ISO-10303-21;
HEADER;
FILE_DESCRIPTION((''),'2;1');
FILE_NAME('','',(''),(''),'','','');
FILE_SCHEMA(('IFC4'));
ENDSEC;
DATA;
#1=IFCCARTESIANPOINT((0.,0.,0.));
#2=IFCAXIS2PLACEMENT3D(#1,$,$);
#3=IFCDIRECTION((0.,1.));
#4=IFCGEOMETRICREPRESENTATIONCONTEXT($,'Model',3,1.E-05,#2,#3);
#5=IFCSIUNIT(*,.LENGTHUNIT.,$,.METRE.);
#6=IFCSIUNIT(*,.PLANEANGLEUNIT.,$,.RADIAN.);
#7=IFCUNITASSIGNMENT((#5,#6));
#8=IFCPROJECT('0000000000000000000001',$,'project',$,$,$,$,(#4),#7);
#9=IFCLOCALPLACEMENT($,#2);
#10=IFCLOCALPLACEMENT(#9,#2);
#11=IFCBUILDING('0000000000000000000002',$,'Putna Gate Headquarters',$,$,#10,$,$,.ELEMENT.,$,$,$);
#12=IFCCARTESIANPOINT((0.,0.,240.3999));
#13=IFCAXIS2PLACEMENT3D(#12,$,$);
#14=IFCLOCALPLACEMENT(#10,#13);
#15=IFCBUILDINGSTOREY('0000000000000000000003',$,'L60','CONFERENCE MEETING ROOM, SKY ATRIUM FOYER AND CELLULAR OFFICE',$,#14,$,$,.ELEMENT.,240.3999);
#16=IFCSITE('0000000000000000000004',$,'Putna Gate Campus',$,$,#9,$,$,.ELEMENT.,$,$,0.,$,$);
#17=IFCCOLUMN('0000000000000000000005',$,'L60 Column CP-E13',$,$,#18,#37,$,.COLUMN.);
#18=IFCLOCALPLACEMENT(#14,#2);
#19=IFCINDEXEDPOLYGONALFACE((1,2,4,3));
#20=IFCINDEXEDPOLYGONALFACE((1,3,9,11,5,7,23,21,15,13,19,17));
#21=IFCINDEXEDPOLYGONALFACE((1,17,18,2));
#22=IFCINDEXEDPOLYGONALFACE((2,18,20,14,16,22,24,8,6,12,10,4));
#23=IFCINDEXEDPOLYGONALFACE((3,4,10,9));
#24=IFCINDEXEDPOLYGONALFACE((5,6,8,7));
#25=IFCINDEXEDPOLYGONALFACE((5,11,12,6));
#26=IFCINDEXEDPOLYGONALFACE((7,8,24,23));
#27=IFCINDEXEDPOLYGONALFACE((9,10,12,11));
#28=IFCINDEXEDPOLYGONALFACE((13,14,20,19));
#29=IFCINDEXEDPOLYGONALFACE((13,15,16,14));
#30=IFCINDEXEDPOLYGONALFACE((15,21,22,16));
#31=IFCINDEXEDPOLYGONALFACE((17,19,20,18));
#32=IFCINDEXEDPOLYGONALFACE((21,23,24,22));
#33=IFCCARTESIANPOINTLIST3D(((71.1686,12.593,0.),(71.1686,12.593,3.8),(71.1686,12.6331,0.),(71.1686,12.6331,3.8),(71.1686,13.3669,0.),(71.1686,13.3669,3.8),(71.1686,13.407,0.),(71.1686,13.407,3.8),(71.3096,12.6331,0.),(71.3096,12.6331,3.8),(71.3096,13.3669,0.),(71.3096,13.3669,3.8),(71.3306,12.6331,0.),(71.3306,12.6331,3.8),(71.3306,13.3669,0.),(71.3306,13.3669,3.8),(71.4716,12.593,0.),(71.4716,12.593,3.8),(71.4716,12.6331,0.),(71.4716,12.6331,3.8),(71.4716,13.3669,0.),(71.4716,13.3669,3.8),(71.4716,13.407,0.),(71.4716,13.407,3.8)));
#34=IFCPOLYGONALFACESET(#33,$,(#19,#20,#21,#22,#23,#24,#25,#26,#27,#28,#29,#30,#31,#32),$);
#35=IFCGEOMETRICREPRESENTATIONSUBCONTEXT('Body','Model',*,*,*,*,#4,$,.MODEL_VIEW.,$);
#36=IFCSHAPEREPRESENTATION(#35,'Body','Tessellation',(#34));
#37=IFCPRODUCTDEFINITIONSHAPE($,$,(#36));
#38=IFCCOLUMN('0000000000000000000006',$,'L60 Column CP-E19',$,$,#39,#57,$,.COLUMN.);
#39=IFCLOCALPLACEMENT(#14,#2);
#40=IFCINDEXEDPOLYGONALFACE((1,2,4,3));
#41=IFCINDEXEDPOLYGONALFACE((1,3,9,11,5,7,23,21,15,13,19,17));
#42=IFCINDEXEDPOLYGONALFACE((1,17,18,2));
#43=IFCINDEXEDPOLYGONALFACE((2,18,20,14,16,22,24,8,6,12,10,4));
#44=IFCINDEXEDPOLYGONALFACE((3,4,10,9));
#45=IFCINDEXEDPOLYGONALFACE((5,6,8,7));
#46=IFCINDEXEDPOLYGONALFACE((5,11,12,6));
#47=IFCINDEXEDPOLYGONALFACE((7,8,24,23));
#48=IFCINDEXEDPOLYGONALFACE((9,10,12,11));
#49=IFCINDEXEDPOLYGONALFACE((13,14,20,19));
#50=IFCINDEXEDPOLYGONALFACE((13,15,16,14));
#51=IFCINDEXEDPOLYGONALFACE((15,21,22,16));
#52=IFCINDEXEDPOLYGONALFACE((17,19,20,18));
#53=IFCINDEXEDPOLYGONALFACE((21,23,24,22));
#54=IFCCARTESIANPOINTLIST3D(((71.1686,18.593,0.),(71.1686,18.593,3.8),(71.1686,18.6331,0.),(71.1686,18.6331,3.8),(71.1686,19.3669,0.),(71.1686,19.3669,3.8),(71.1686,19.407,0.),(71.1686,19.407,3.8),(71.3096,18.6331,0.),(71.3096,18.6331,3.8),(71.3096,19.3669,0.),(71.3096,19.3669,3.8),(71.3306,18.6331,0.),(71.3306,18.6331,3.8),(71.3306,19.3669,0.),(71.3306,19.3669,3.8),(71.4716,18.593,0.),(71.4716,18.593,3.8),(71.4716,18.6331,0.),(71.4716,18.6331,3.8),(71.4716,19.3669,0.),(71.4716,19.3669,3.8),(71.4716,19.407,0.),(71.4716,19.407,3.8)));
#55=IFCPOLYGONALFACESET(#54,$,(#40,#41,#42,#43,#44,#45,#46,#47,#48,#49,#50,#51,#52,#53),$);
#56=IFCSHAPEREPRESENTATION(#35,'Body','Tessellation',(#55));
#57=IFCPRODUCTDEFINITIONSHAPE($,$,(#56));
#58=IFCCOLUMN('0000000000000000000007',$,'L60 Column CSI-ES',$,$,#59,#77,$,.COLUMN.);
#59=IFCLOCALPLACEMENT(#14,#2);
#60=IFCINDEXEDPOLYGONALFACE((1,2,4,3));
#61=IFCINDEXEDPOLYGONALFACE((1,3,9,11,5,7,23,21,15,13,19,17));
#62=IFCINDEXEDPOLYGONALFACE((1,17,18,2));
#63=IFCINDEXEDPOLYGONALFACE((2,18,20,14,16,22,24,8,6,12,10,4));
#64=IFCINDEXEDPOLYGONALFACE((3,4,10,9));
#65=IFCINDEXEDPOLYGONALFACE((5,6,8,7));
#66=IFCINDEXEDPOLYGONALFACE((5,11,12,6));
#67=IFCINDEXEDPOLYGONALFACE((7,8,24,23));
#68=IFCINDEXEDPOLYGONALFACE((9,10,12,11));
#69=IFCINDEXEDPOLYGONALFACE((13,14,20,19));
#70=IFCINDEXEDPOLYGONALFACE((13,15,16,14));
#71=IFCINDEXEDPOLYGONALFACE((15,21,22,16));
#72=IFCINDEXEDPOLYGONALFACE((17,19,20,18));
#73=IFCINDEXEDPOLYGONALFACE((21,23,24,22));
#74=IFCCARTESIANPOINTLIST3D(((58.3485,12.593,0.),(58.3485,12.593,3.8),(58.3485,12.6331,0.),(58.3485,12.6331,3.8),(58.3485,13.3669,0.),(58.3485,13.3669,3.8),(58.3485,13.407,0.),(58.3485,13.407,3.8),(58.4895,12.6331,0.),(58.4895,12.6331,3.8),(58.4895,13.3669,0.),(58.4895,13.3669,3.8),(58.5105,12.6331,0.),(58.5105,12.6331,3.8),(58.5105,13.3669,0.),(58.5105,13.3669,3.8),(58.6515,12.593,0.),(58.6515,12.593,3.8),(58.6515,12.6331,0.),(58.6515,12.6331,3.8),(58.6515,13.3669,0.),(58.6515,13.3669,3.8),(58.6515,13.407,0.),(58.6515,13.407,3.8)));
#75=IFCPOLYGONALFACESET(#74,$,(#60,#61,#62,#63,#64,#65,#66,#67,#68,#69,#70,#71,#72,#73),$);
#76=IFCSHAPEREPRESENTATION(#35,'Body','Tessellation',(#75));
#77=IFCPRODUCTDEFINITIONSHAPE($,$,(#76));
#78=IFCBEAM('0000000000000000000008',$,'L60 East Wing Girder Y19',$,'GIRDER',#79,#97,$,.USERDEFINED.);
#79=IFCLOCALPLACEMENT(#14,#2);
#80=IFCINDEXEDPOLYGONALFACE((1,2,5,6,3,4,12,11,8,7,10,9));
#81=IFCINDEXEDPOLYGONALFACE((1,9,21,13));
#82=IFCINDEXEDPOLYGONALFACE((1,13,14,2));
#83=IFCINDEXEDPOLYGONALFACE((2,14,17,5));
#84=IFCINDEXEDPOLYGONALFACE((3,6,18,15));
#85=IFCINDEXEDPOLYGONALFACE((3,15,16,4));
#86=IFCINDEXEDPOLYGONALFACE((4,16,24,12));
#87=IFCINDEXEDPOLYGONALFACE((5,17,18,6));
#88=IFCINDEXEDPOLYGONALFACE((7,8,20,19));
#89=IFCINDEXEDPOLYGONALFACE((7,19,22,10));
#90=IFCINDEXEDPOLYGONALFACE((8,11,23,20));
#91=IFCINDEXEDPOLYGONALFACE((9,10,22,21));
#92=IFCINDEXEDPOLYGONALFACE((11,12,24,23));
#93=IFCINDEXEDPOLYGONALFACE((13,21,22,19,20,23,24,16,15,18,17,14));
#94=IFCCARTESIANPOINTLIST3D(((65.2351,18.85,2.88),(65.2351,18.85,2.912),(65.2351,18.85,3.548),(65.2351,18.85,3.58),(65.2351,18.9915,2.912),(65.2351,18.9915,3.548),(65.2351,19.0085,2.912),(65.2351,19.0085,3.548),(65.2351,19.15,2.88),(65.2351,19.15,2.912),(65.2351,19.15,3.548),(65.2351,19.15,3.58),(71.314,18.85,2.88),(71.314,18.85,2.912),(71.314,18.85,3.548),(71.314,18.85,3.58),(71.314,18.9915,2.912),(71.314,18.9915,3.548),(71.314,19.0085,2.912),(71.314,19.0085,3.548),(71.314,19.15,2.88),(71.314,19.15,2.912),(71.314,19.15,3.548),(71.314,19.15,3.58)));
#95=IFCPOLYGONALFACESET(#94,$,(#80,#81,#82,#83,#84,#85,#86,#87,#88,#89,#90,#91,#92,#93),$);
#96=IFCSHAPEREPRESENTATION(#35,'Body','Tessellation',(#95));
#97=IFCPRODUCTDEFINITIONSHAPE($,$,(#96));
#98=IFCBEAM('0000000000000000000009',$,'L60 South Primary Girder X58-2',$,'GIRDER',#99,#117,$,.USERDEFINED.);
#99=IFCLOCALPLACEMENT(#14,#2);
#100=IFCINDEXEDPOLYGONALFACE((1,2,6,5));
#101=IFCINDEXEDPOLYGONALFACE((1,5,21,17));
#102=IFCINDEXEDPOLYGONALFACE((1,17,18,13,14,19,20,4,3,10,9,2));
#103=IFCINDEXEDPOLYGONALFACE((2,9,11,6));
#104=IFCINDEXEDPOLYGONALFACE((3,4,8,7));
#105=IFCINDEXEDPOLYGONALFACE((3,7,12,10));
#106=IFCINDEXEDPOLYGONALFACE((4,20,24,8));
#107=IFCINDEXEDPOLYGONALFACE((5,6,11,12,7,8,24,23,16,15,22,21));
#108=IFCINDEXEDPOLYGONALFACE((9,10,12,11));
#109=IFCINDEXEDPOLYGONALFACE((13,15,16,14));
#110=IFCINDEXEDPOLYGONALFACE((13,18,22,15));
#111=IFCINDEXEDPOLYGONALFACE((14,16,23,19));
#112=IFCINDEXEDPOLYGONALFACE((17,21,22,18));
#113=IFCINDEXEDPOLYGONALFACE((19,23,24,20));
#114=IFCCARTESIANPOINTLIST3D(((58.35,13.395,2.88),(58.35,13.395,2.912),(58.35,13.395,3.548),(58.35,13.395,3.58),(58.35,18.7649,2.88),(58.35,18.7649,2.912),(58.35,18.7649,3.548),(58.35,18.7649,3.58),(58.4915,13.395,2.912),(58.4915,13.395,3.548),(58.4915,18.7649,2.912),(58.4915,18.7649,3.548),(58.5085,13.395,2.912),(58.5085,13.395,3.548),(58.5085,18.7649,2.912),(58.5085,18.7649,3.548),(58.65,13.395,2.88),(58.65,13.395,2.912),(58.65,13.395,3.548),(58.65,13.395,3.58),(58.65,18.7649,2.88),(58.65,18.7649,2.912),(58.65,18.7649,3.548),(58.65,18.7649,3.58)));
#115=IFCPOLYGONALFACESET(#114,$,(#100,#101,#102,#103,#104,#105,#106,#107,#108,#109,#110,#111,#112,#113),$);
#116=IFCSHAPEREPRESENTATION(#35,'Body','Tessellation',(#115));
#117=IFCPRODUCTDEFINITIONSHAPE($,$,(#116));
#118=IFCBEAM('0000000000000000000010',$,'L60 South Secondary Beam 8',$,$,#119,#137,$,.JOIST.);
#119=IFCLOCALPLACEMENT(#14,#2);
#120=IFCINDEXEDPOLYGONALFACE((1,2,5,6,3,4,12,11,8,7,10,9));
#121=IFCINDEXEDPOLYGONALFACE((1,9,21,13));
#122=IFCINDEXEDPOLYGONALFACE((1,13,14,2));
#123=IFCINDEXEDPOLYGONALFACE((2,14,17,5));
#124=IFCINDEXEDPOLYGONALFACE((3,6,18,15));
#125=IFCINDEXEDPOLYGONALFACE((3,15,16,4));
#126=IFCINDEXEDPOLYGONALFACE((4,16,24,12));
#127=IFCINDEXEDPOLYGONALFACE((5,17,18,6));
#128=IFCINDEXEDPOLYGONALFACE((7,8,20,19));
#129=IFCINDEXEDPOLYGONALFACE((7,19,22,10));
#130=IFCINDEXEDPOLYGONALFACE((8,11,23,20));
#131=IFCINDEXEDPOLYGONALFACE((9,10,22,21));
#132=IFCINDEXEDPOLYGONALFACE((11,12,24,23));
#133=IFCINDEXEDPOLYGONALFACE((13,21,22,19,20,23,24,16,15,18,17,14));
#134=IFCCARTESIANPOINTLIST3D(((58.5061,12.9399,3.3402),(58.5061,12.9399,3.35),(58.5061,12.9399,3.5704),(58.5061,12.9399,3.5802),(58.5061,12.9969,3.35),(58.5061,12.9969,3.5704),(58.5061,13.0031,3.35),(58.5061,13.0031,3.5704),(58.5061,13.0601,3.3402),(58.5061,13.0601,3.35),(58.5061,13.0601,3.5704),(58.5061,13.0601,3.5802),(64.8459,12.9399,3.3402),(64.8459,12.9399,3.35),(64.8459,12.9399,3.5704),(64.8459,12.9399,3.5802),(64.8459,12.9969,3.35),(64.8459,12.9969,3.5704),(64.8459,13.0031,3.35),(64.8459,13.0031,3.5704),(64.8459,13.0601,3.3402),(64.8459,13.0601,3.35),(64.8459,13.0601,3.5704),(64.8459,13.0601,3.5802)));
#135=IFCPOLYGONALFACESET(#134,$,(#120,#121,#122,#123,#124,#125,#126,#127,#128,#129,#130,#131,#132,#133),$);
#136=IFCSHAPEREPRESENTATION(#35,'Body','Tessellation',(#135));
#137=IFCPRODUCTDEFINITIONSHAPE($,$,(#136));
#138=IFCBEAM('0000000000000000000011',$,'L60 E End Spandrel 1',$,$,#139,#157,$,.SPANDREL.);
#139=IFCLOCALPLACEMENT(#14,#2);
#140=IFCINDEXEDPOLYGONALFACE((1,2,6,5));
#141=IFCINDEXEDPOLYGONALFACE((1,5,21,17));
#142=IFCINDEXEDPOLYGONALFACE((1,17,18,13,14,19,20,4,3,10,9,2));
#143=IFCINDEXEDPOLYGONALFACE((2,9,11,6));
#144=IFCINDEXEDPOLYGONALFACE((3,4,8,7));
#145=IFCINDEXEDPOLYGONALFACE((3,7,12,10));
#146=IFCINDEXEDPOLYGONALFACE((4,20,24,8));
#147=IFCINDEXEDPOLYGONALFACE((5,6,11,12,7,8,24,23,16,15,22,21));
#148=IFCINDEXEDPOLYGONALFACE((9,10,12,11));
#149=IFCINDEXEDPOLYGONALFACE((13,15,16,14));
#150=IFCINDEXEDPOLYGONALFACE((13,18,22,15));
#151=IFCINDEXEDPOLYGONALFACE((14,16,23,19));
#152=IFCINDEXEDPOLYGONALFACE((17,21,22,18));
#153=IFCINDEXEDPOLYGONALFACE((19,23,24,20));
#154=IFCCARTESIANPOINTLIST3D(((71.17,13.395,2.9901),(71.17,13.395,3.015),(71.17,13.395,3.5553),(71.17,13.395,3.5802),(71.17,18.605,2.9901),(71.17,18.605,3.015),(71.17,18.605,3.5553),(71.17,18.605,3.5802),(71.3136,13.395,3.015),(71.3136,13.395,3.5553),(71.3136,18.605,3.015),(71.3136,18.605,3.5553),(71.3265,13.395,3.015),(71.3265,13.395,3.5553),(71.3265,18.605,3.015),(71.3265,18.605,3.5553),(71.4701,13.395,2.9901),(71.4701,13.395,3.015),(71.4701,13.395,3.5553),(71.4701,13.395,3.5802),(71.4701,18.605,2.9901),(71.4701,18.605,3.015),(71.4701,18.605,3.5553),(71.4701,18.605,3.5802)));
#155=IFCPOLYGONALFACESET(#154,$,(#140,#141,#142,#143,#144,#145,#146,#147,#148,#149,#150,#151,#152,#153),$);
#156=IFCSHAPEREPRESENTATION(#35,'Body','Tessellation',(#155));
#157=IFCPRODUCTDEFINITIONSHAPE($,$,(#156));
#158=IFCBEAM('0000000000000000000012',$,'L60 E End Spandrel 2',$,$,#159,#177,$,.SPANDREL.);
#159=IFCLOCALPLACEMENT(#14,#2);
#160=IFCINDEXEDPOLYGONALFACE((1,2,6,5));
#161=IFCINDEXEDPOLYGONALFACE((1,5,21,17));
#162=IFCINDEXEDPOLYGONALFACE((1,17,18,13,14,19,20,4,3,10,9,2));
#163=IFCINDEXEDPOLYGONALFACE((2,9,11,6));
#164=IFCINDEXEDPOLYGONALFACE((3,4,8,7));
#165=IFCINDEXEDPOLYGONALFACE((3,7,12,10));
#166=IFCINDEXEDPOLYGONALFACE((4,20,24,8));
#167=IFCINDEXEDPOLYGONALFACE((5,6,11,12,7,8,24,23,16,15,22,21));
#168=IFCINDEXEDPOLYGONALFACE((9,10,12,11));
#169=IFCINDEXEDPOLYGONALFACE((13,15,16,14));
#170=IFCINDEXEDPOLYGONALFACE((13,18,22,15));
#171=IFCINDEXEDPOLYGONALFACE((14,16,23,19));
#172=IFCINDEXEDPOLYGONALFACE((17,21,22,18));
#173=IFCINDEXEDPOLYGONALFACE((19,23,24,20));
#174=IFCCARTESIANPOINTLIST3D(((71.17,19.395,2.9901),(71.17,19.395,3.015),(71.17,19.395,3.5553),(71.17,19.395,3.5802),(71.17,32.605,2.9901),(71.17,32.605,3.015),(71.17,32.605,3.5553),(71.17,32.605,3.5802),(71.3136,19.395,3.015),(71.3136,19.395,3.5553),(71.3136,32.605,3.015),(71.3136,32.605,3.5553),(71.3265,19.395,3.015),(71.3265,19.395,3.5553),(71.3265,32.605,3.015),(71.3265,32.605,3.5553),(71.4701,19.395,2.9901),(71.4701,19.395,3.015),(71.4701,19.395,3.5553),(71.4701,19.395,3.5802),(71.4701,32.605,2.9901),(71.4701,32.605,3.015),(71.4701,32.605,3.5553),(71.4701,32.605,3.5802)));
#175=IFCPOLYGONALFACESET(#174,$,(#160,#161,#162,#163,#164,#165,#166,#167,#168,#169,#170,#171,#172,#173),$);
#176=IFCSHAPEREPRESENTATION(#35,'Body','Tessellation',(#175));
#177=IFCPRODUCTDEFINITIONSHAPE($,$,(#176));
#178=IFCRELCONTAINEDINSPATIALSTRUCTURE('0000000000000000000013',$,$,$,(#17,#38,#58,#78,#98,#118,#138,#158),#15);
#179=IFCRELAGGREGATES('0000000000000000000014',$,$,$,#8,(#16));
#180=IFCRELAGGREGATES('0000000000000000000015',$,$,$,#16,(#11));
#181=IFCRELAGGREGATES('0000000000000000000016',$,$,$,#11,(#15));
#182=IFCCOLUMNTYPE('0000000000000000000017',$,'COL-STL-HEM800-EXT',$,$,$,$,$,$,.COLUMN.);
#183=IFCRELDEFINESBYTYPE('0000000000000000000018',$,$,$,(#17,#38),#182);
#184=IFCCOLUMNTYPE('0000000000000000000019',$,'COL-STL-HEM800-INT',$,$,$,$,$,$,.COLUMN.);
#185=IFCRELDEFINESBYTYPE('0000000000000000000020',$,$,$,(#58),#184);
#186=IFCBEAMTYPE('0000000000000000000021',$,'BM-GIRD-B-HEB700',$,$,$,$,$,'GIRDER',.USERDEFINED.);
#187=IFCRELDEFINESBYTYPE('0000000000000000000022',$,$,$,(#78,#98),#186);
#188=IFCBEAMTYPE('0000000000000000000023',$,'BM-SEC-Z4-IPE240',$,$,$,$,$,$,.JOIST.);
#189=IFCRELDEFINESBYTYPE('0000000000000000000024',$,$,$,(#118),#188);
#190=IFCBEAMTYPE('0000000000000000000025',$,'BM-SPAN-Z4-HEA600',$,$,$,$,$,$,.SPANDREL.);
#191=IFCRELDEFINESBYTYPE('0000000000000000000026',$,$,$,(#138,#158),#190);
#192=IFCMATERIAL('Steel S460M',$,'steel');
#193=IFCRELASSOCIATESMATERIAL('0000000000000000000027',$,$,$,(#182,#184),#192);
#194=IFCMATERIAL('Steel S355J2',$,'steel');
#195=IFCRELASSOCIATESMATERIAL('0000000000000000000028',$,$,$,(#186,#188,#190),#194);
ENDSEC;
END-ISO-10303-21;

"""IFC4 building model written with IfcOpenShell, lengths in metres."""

from ifc_helpers import new_model, si_unit, direction, frame, origin, origin_2d, place, context, subcontext, project, spatial, i_section, extrude, material, material_profile, profile_set, type_object, element, save


model = new_model("IFC4")

# Units and contexts
model_context = context("Model", 3, precision=1e-05, world=origin(), true_north=direction((0.0, 1.0)))
body_context = subcontext(model_context, "Body", "Model", "MODEL_VIEW")
ifc_project = project(units=[si_unit("LENGTHUNIT", "METRE"), si_unit("PLANEANGLEUNIT", "RADIAN")], contexts=[model_context])

# Site, building, storey
site_placement = place(None, origin())
site = spatial("IfcSite", under=ifc_project, at=site_placement, Name="Putna Gate Campus", CompositionType="ELEMENT", RefElevation=0.0)
building_placement = place(site_placement, origin())
building = spatial("IfcBuilding", under=site, at=building_placement, Name="Putna Gate Headquarters", CompositionType="ELEMENT")
storey_placement = place(building_placement, frame((0.0, 0.0, 240.3999)))
storey = spatial("IfcBuildingStorey", under=building, at=storey_placement, Name="L60", Description="CONFERENCE MEETING ROOM, SKY ATRIUM FOYER AND CELLULAR OFFICE", CompositionType="ELEMENT", Elevation=240.3999)

# Columns
ifc_material_1 = material(Name="Steel S460M", Category="steel")
ifc_material_profile_1 = material_profile(ifc_material_1, i_section(OverallWidth=0.303, OverallDepth=0.814, WebThickness=0.021, FlangeThickness=0.04, at=origin_2d()), Name="Steel S460M")
ifc_profile_set_1 = profile_set([ifc_material_profile_1], Name="Steel S460M")
column_type_1 = type_object("IfcColumnType", Name="COL-STL-HEM800-EXT", PredefinedType="COLUMN", material=ifc_profile_set_1)
for number, where, z_axis, x_axis, name in (
    (1, (71.3201, 13.0, 0.0), (0.0, 0.0, 1.0), (1.0, 0.0, 0.0), "L60 Column CP-E13"),
    (2, (71.3201, 19.0, 0.0), (0.0, 0.0, 1.0), (1.0, 0.0, 0.0), "L60 Column CP-E19"),
):
    element("IfcColumn", number, at=place(storey_placement, frame(where, z_axis=z_axis, x_axis=x_axis)), inside=storey, type_object=column_type_1, Name=name, PredefinedType="COLUMN", context=body_context, shape_type="SweptSolid", body=[
        extrude(i_section(OverallWidth=0.303, OverallDepth=0.814, WebThickness=0.021, FlangeThickness=0.04, at=origin_2d()), origin(), (0.0, 0.0, 1.0), 3.8),
    ])
ifc_material_profile_2 = material_profile(ifc_material_1, i_section(OverallWidth=0.303, OverallDepth=0.814, WebThickness=0.021, FlangeThickness=0.04, at=origin_2d()), Name="Steel S460M")
ifc_profile_set_2 = profile_set([ifc_material_profile_2], Name="Steel S460M")
column_type_2 = type_object("IfcColumnType", Name="COL-STL-HEM800-INT", PredefinedType="COLUMN", material=ifc_profile_set_2)
column_placement = place(storey_placement, frame((58.5, 13.0, 0.0), z_axis=(0.0, 0.0, 1.0), x_axis=(1.0, 0.0, 0.0)))
element("IfcColumn", 3, at=column_placement, inside=storey, type_object=column_type_2, Name="L60 Column CSI-ES", PredefinedType="COLUMN", context=body_context, shape_type="SweptSolid", body=[
    extrude(i_section(OverallWidth=0.303, OverallDepth=0.814, WebThickness=0.021, FlangeThickness=0.04, at=origin_2d()), origin(), (0.0, 0.0, 1.0), 3.8),
])

# Beams
ifc_material_2 = material(Name="Steel S355J2", Category="steel")
ifc_material_profile_3 = material_profile(ifc_material_2, i_section(OverallWidth=0.3, OverallDepth=0.7, WebThickness=0.0171, FlangeThickness=0.032, at=origin_2d()), Name="Steel S355J2")
ifc_profile_set_3 = profile_set([ifc_material_profile_3], Name="Steel S355J2")
beam_type_1 = type_object("IfcBeamType", Name="BM-GIRD-B-HEB700", ElementType="GIRDER", PredefinedType="USERDEFINED", material=ifc_profile_set_3)
beam_1_placement = place(storey_placement, frame((65.2351, 19.0, 3.23), z_axis=(1.0, 0.0, 0.0), x_axis=(0.0, 1.0, 0.0)))
element("IfcBeam", 4, at=beam_1_placement, inside=storey, type_object=beam_type_1, Name="L60 East Wing Girder Y19", ObjectType="GIRDER", PredefinedType="USERDEFINED", context=body_context, shape_type="SweptSolid", body=[
    extrude(i_section(OverallWidth=0.3, OverallDepth=0.7, WebThickness=0.0171, FlangeThickness=0.032, at=origin_2d()), origin(), (0.0, 0.0, 1.0), 6.0789),
])
beam_2_placement = place(storey_placement, frame((58.5, 13.395, 3.23), z_axis=(0.0, 1.0, 0.0), x_axis=(-1.0, 0.0, 0.0)))
element("IfcBeam", 5, at=beam_2_placement, inside=storey, type_object=beam_type_1, Name="L60 South Primary Girder X58-2", ObjectType="GIRDER", PredefinedType="USERDEFINED", context=body_context, shape_type="SweptSolid", body=[
    extrude(i_section(OverallWidth=0.3, OverallDepth=0.7, WebThickness=0.0171, FlangeThickness=0.032, at=origin_2d()), origin(), (0.0, 0.0, 1.0), 5.3699),
])
ifc_material_profile_4 = material_profile(ifc_material_2, i_section(OverallWidth=0.1201, OverallDepth=0.24, WebThickness=0.0061, FlangeThickness=0.0098, at=origin_2d()), Name="Steel S355J2")
ifc_profile_set_4 = profile_set([ifc_material_profile_4], Name="Steel S355J2")
beam_type_2 = type_object("IfcBeamType", Name="BM-SEC-Z4-IPE240", PredefinedType="JOIST", material=ifc_profile_set_4)
beam_3_placement = place(storey_placement, frame((58.5061, 13.0, 3.4602), z_axis=(1.0, 0.0, 0.0), x_axis=(0.0, 1.0, 0.0)))
element("IfcBeam", 6, at=beam_3_placement, inside=storey, type_object=beam_type_2, Name="L60 South Secondary Beam 8", PredefinedType="JOIST", context=body_context, shape_type="SweptSolid", body=[
    extrude(i_section(OverallWidth=0.1201, OverallDepth=0.24, WebThickness=0.0061, FlangeThickness=0.0098, at=origin_2d()), origin(), (0.0, 0.0, 1.0), 6.3398),
])
ifc_material_profile_5 = material_profile(ifc_material_2, i_section(OverallWidth=0.3, OverallDepth=0.5901, WebThickness=0.0129, FlangeThickness=0.0249, at=origin_2d()), Name="Steel S355J2")
ifc_profile_set_5 = profile_set([ifc_material_profile_5], Name="Steel S355J2")
beam_type_3 = type_object("IfcBeamType", Name="BM-SPAN-Z4-HEA600", PredefinedType="SPANDREL", material=ifc_profile_set_5)
beam_4_placement = place(storey_placement, frame((71.3201, 13.395, 3.2852), z_axis=(0.0, 1.0, 0.0), x_axis=(-1.0, 0.0, 0.0)))
element("IfcBeam", 7, at=beam_4_placement, inside=storey, type_object=beam_type_3, Name="L60 E End Spandrel 1", PredefinedType="SPANDREL", context=body_context, shape_type="SweptSolid", body=[
    extrude(i_section(OverallWidth=0.3, OverallDepth=0.5901, WebThickness=0.0129, FlangeThickness=0.0249, at=origin_2d()), origin(), (0.0, 0.0, 1.0), 5.21),
])
beam_5_placement = place(storey_placement, frame((71.3201, 19.395, 3.2852), z_axis=(0.0, 1.0, 0.0), x_axis=(-1.0, 0.0, 0.0)))
element("IfcBeam", 8, at=beam_5_placement, inside=storey, type_object=beam_type_3, Name="L60 E End Spandrel 2", PredefinedType="SPANDREL", context=body_context, shape_type="SweptSolid", body=[
    extrude(i_section(OverallWidth=0.3, OverallDepth=0.5901, WebThickness=0.0129, FlangeThickness=0.0249, at=origin_2d()), origin(), (0.0, 0.0, 1.0), 13.21),
])

save(model, "model.ifc")
